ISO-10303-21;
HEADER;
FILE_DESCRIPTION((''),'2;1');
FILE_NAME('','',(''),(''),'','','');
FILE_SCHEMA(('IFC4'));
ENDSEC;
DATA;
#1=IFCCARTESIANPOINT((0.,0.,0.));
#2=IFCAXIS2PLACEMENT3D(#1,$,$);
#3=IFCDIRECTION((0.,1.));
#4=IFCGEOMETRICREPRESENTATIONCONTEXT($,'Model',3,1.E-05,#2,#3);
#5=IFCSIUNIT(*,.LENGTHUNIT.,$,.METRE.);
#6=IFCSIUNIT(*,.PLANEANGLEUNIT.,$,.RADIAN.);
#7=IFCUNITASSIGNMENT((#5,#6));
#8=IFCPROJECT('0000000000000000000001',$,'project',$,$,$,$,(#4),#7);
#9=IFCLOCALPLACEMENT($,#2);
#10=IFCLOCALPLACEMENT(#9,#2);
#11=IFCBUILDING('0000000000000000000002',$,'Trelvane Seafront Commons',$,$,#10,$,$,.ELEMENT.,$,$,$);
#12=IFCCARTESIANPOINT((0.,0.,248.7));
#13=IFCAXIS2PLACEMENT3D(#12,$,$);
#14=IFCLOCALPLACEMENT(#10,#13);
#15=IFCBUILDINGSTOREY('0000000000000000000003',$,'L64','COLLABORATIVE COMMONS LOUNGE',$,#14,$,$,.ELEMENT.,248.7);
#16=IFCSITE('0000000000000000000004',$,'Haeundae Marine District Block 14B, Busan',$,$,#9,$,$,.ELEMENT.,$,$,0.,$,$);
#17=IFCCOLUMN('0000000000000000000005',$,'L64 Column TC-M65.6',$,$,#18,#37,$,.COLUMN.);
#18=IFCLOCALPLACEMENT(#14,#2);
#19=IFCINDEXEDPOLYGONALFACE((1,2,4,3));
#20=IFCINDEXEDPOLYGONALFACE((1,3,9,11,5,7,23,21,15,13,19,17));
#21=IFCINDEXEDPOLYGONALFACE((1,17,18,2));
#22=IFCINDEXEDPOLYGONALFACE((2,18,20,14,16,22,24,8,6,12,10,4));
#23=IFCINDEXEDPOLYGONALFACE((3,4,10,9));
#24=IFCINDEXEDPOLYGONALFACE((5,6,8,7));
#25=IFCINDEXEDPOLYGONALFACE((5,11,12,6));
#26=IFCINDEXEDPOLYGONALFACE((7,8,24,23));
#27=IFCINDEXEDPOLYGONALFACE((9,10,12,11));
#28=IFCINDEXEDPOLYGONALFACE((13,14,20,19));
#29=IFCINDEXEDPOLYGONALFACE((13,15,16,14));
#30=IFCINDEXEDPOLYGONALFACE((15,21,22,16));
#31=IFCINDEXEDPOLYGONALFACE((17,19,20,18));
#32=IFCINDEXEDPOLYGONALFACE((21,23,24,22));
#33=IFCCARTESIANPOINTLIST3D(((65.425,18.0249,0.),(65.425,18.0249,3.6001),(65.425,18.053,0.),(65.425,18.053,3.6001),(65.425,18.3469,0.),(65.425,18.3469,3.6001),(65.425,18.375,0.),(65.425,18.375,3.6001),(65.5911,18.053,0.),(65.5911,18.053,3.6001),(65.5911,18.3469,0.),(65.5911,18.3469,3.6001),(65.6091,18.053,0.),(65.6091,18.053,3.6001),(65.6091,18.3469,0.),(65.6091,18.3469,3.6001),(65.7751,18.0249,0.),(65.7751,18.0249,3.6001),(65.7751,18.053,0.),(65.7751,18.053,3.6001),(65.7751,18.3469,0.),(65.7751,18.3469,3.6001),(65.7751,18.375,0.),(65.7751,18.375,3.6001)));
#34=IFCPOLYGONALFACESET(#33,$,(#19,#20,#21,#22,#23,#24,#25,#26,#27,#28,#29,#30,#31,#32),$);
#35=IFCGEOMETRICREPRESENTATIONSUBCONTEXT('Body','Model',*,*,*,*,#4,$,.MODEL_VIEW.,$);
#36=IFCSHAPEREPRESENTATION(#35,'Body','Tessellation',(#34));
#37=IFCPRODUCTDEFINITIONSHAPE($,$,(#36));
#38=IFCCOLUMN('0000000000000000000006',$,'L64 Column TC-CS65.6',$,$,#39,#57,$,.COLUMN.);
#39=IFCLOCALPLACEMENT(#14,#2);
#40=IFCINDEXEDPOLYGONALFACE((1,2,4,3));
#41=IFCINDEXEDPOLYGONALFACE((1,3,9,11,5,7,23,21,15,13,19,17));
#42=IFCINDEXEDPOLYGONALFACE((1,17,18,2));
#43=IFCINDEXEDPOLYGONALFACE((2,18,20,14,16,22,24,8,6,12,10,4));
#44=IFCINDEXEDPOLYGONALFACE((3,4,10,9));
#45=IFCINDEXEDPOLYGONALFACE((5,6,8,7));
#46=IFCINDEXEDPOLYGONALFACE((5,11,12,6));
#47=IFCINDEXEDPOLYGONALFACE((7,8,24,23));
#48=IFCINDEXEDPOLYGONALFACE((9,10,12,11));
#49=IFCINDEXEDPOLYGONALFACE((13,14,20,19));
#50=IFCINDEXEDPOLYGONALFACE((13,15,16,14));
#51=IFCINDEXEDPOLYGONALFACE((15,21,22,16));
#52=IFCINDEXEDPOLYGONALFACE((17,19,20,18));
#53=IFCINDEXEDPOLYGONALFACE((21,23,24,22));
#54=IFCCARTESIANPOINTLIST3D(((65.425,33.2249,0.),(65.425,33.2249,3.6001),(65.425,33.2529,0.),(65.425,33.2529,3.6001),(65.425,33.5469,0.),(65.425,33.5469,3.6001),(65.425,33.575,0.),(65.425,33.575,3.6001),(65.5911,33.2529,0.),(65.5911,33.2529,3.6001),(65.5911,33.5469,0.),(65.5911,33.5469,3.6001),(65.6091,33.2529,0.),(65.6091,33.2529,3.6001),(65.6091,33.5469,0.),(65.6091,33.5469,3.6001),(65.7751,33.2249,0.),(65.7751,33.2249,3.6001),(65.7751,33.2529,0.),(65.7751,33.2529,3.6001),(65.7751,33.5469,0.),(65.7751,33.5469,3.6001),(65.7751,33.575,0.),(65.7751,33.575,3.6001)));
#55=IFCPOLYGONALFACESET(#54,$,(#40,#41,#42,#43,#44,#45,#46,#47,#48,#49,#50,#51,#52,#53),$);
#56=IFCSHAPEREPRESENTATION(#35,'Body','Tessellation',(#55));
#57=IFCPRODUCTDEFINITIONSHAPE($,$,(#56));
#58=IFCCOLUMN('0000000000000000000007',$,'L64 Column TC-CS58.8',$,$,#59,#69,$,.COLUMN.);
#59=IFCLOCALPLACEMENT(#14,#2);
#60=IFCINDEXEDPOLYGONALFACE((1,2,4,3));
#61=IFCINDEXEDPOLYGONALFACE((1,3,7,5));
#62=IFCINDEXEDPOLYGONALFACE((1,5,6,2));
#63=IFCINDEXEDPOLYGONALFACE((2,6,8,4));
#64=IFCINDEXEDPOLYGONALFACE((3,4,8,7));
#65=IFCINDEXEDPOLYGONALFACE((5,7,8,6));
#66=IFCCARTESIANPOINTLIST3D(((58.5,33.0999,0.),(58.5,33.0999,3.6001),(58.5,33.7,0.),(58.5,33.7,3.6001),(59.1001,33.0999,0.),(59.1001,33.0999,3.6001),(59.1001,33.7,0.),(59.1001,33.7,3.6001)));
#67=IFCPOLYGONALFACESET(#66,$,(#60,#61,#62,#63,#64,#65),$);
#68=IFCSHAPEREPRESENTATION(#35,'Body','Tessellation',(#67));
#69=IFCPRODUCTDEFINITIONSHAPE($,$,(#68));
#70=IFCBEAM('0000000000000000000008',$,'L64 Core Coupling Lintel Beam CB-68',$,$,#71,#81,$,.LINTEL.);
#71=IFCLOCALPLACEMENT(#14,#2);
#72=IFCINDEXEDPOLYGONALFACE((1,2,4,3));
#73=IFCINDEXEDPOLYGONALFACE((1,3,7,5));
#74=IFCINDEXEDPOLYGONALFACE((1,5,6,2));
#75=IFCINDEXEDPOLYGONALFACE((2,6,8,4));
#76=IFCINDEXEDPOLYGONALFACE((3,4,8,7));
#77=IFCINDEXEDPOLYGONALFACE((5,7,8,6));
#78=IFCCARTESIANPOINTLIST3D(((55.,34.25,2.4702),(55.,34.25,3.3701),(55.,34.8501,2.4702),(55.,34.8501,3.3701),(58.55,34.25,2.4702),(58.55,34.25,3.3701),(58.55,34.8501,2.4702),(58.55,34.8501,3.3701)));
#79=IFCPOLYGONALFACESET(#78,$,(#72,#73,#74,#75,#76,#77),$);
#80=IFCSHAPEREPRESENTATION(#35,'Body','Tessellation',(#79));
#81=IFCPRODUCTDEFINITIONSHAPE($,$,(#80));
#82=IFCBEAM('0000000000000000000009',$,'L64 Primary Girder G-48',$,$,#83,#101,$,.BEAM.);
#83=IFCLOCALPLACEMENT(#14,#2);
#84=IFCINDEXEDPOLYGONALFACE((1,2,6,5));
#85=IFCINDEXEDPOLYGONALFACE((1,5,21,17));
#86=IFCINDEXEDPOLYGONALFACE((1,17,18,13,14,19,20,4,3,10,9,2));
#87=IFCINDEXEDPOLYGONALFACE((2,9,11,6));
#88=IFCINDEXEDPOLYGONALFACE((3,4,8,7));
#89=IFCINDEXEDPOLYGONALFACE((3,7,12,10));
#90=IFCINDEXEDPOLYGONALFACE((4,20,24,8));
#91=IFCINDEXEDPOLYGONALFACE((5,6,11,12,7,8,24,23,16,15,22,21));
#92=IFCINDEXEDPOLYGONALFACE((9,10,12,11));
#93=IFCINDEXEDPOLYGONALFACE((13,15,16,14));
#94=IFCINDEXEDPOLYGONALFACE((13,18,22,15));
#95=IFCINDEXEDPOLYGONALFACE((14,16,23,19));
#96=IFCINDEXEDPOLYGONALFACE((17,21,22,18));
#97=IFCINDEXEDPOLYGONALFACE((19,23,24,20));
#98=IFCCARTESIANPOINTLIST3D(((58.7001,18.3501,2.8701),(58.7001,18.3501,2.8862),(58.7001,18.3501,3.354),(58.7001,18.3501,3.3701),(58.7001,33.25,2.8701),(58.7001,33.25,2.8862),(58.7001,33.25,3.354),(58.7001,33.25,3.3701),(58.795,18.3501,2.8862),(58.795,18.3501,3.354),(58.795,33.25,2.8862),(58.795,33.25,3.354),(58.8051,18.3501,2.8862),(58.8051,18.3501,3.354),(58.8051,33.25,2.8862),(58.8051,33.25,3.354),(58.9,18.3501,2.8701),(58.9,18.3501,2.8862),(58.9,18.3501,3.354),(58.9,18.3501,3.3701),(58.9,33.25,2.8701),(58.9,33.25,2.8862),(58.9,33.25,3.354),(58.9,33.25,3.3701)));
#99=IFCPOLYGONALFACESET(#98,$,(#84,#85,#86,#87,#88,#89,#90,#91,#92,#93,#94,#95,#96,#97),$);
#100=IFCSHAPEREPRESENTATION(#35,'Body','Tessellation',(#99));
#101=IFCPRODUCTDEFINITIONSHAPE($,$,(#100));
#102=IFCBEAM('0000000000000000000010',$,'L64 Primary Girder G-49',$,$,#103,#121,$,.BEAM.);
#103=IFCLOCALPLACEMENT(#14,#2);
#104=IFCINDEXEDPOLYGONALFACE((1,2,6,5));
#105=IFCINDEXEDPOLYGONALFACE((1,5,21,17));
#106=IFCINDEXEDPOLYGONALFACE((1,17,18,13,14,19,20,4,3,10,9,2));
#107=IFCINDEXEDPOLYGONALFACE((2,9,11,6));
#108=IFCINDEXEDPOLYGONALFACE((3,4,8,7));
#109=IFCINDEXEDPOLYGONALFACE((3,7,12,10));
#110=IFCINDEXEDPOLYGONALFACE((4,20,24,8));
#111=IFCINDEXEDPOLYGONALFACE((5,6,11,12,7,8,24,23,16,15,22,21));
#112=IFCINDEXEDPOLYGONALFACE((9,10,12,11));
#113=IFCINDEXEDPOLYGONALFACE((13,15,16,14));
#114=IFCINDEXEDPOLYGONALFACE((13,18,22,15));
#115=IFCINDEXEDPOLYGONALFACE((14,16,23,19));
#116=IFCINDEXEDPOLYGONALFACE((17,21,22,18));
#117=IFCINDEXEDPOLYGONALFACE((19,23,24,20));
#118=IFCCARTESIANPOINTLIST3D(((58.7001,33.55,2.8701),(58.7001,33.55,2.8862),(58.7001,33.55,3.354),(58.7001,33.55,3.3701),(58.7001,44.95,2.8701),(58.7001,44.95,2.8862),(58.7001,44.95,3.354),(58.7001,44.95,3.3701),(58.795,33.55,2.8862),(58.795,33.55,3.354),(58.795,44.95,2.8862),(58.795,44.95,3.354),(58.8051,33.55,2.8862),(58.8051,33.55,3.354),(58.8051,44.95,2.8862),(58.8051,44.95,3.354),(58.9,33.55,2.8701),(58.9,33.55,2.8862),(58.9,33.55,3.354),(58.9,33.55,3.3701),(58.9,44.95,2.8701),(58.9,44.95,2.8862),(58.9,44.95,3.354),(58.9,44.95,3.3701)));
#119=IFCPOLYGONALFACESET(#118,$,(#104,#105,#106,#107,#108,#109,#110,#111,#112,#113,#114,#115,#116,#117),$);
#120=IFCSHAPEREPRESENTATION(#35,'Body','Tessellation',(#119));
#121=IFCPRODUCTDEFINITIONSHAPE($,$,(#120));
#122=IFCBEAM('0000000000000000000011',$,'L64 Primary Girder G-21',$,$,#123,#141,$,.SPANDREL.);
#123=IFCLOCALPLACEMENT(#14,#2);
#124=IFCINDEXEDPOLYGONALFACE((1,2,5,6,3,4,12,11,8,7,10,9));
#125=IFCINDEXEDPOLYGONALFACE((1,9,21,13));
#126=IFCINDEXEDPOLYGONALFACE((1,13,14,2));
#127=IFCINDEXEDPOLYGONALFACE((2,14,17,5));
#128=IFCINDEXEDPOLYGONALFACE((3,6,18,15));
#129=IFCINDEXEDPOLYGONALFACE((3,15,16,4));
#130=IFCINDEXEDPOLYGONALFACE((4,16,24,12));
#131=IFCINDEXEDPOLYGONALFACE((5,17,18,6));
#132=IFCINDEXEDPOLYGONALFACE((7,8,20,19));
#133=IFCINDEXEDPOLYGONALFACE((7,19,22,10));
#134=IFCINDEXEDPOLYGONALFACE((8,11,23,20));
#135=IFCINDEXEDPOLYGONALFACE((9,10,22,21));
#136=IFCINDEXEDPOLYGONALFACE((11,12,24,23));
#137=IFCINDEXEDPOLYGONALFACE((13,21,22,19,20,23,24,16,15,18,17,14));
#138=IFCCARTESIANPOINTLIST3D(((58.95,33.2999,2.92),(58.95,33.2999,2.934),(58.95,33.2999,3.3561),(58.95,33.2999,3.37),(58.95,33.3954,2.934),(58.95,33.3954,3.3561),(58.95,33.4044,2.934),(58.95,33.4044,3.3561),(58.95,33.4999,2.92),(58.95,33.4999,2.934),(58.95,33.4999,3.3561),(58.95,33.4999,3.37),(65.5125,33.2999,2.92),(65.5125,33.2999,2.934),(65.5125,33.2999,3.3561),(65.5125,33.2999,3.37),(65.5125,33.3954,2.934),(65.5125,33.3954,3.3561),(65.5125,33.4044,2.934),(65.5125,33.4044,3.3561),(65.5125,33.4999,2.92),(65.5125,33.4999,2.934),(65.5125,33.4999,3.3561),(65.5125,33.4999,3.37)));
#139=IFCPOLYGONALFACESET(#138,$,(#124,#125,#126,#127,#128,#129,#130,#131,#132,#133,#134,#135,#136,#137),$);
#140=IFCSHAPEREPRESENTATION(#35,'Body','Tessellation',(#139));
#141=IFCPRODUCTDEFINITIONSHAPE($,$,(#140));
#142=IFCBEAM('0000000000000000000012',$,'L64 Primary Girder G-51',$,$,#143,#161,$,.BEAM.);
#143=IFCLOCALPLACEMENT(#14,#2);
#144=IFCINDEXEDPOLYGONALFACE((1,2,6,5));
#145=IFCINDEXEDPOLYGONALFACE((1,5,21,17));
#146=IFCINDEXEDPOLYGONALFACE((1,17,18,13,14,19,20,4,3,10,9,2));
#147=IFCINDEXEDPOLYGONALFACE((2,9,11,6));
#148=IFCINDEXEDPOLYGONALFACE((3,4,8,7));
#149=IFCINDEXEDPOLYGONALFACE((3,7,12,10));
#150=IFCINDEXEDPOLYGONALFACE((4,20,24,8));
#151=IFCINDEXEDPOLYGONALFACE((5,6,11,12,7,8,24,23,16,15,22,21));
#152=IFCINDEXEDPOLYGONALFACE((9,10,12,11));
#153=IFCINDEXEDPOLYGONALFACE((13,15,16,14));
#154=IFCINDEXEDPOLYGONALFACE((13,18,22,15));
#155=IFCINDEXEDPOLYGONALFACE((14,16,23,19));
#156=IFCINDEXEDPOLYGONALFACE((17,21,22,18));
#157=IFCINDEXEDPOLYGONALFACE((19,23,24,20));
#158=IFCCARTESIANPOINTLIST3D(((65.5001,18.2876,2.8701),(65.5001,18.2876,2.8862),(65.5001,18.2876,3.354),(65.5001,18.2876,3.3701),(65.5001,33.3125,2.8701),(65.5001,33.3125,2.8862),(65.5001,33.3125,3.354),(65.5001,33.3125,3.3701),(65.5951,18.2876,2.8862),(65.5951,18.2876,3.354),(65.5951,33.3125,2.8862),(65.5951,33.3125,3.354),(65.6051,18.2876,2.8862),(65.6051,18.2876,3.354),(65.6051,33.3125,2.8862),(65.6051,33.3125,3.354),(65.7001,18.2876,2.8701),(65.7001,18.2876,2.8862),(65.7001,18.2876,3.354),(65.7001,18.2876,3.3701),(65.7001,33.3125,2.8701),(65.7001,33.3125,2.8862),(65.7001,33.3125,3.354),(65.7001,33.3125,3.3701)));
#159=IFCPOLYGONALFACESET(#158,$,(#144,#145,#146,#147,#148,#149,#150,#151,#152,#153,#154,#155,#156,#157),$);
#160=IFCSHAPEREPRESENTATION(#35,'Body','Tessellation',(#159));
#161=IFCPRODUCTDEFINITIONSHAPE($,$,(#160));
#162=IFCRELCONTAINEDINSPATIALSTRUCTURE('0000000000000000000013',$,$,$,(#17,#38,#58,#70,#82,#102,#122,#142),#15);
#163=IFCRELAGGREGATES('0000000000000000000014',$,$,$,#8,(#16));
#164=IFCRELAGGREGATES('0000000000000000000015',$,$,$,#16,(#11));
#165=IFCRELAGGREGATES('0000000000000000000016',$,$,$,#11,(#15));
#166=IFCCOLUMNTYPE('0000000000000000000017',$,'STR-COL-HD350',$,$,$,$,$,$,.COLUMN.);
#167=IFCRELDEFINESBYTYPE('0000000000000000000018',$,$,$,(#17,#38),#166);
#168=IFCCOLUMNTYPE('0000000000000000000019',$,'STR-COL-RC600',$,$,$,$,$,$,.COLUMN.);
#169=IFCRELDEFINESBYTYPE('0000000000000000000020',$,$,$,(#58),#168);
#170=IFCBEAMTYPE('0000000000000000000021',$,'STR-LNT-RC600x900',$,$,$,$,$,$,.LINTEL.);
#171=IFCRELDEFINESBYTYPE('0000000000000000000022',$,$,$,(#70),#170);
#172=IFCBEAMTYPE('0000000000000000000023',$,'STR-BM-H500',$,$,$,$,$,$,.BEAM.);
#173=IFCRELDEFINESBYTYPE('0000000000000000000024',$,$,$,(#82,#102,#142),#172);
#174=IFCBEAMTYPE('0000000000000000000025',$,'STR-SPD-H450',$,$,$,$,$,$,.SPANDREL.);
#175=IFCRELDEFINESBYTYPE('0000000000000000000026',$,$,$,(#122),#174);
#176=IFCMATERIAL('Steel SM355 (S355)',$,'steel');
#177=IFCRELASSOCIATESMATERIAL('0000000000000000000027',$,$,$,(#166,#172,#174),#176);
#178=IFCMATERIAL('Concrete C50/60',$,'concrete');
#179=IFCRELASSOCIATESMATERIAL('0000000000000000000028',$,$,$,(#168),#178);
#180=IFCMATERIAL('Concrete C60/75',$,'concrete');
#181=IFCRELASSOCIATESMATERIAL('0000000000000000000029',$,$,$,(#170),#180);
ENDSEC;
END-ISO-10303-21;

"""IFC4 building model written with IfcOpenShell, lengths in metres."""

from ifc_helpers import new_model, si_unit, direction, frame, origin, origin_2d, place, context, subcontext, project, spatial, rectangle, i_section, extrude, source, transform, mapped, material, material_profile, profile_set, type_object, element, save


model = new_model("IFC4")

# Units and contexts
model_context = context("Model", 3, precision=1e-05, world=origin(), true_north=direction((0.0, 1.0)))
body_context = subcontext(model_context, "Body", "Model", "MODEL_VIEW")
ifc_project = project(units=[si_unit("LENGTHUNIT", "METRE"), si_unit("PLANEANGLEUNIT", "RADIAN")], contexts=[model_context])

# Site, building, storey
site_placement = place(None, origin())
site = spatial("IfcSite", under=ifc_project, at=site_placement, Name="Haeundae Marine District Block 14B, Busan", CompositionType="ELEMENT", RefElevation=0.0)
building_placement = place(site_placement, origin())
building = spatial("IfcBuilding", under=site, at=building_placement, Name="Trelvane Seafront Commons", CompositionType="ELEMENT")
storey_placement = place(building_placement, frame((0.0, 0.0, 248.7)))
storey = spatial("IfcBuildingStorey", under=building, at=storey_placement, Name="L64", Description="COLLABORATIVE COMMONS LOUNGE", CompositionType="ELEMENT", Elevation=248.7)

# Columns
ifc_material_1 = material(Name="Steel SM355 (S355)", Category="steel")
ifc_material_profile_1 = material_profile(ifc_material_1, i_section(OverallWidth=0.3501, OverallDepth=0.3501, WebThickness=0.0181, FlangeThickness=0.0281, at=origin_2d()), Name="HD-350x350x18x28")
ifc_profile_set_1 = profile_set([ifc_material_profile_1], Name="Steel SM355 (S355)")
column_type_1 = type_object("IfcColumnType", Name="STR-COL-HD350", PredefinedType="COLUMN", material=ifc_profile_set_1)
shared_shape_1 = source(origin(), body_context, "Body", "SweptSolid", [
    extrude(i_section(OverallWidth=0.3501, OverallDepth=0.3501, WebThickness=0.0181, FlangeThickness=0.0281, at=origin_2d()), origin(), (0.0, 0.0, 1.0), 3.6001),
])
for number, where, z_axis, x_axis, name in (
    (1, (65.6001, 18.2, 0.0), (0.0, 0.0, 1.0), (1.0, 0.0, 0.0), "L64 Column TC-M65.6"),
    (2, (65.6001, 33.3999, 0.0), (0.0, 0.0, 1.0), (1.0, 0.0, 0.0), "L64 Column TC-CS65.6"),
):
    element("IfcColumn", number, at=place(storey_placement, frame(where, z_axis=z_axis, x_axis=x_axis)), inside=storey, type_object=column_type_1, Name=name, PredefinedType="COLUMN", context=body_context, shape_type="MappedRepresentation", body=[
        mapped(shared_shape_1, transform((0.0, 0.0, 0.0), x_axis=(1.0, 0.0, 0.0), y_axis=(0.0, 1.0, 0.0), z_axis=(0.0, 0.0, 1.0), scale=1.0)),
    ])
ifc_material_2 = material(Name="Concrete C50/60", Category="concrete")
ifc_material_profile_2 = material_profile(ifc_material_2, rectangle(XDim=0.6001, YDim=0.6001, at=origin_2d()), Name="RC-600x600")
ifc_profile_set_2 = profile_set([ifc_material_profile_2], Name="Concrete C50/60")
column_type_2 = type_object("IfcColumnType", Name="STR-COL-RC600", PredefinedType="COLUMN", material=ifc_profile_set_2)
shared_shape_2 = source(origin(), body_context, "Body", "SweptSolid", [
    extrude(rectangle(XDim=0.6001, YDim=0.6001, at=origin_2d()), origin(), (0.0, 0.0, 1.0), 3.6001),
])
column_placement = place(storey_placement, frame((58.8, 33.3999, 0.0), z_axis=(0.0, 0.0, 1.0), x_axis=(1.0, 0.0, 0.0)))
element("IfcColumn", 3, at=column_placement, inside=storey, type_object=column_type_2, Name="L64 Column TC-CS58.8", PredefinedType="COLUMN", context=body_context, shape_type="MappedRepresentation", body=[
    mapped(shared_shape_2, transform((0.0, 0.0, 0.0), x_axis=(1.0, 0.0, 0.0), y_axis=(0.0, 1.0, 0.0), z_axis=(0.0, 0.0, 1.0), scale=1.0)),
])

# Beams
ifc_material_3 = material(Name="Concrete C60/75", Category="concrete")
ifc_material_profile_3 = material_profile(ifc_material_3, rectangle(XDim=0.6001, YDim=0.8999, at=origin_2d()), Name="RC-600x900")
ifc_profile_set_3 = profile_set([ifc_material_profile_3], Name="Concrete C60/75")
beam_type_1 = type_object("IfcBeamType", Name="STR-LNT-RC600x900", PredefinedType="LINTEL", material=ifc_profile_set_3)
shared_shape_3 = source(origin(), body_context, "Body", "SweptSolid", [
    extrude(rectangle(XDim=0.6001, YDim=0.8999, at=origin_2d()), origin(), (0.0, 0.0, 1.0), 3.55),
])
beam_1_placement = place(storey_placement, frame((55.0, 34.55, 2.9202), z_axis=(1.0, 0.0, 0.0), x_axis=(0.0, 1.0, 0.0)))
element("IfcBeam", 4, at=beam_1_placement, inside=storey, type_object=beam_type_1, Name="L64 Core Coupling Lintel Beam CB-68", PredefinedType="LINTEL", context=body_context, shape_type="MappedRepresentation", body=[
    mapped(shared_shape_3, transform((0.0, 0.0, 0.0), x_axis=(1.0, 0.0, 0.0), y_axis=(0.0, 1.0, 0.0), z_axis=(0.0, 0.0, 1.0), scale=1.0)),
])
ifc_material_profile_4 = material_profile(ifc_material_1, i_section(OverallWidth=0.2, OverallDepth=0.5, WebThickness=0.01, FlangeThickness=0.0161, at=origin_2d()), Name="H-500x200x10x16")
ifc_profile_set_4 = profile_set([ifc_material_profile_4], Name="Steel SM355 (S355)")
beam_type_2 = type_object("IfcBeamType", Name="STR-BM-H500", PredefinedType="BEAM", material=ifc_profile_set_4)
shared_shape_4 = source(origin(), body_context, "Body", "SweptSolid", [
    extrude(i_section(OverallWidth=0.2, OverallDepth=0.5, WebThickness=0.01, FlangeThickness=0.0161, at=origin_2d()), origin(), (0.0, 0.0, 1.0), 14.8999),
])
beam_2_placement = place(storey_placement, frame((58.8, 18.3501, 3.1201), z_axis=(0.0, 1.0, 0.0), x_axis=(-1.0, 0.0, 0.0)))
element("IfcBeam", 5, at=beam_2_placement, inside=storey, type_object=beam_type_2, Name="L64 Primary Girder G-48", PredefinedType="BEAM", context=body_context, shape_type="MappedRepresentation", body=[
    mapped(shared_shape_4, transform((0.0, 0.0, 0.0), x_axis=(1.0, 0.0, 0.0), y_axis=(0.0, 1.0, 0.0), z_axis=(0.0, 0.0, 1.0), scale=1.0)),
])
shared_shape_5 = source(origin(), body_context, "Body", "SweptSolid", [
    extrude(i_section(OverallWidth=0.2, OverallDepth=0.5, WebThickness=0.01, FlangeThickness=0.0161, at=origin_2d()), origin(), (0.0, 0.0, 1.0), 11.3999),
])
beam_3_placement = place(storey_placement, frame((58.8, 33.55, 3.1201), z_axis=(0.0, 1.0, 0.0), x_axis=(-1.0, 0.0, 0.0)))
element("IfcBeam", 6, at=beam_3_placement, inside=storey, type_object=beam_type_2, Name="L64 Primary Girder G-49", PredefinedType="BEAM", context=body_context, shape_type="MappedRepresentation", body=[
    mapped(shared_shape_5, transform((0.0, 0.0, 0.0), x_axis=(1.0, 0.0, 0.0), y_axis=(0.0, 1.0, 0.0), z_axis=(0.0, 0.0, 1.0), scale=1.0)),
])
ifc_material_profile_5 = material_profile(ifc_material_1, i_section(OverallWidth=0.2, OverallDepth=0.45, WebThickness=0.009, FlangeThickness=0.0139, at=origin_2d()), Name="H-450x200x9x14")
ifc_profile_set_5 = profile_set([ifc_material_profile_5], Name="Steel SM355 (S355)")
beam_type_3 = type_object("IfcBeamType", Name="STR-SPD-H450", PredefinedType="SPANDREL", material=ifc_profile_set_5)
shared_shape_6 = source(origin(), body_context, "Body", "SweptSolid", [
    extrude(i_section(OverallWidth=0.2, OverallDepth=0.45, WebThickness=0.009, FlangeThickness=0.0139, at=origin_2d()), origin(), (0.0, 0.0, 1.0), 6.5625),
])
beam_4_placement = place(storey_placement, frame((58.95, 33.3999, 3.145), z_axis=(1.0, 0.0, 0.0), x_axis=(0.0, 1.0, 0.0)))
element("IfcBeam", 7, at=beam_4_placement, inside=storey, type_object=beam_type_3, Name="L64 Primary Girder G-21", PredefinedType="SPANDREL", context=body_context, shape_type="MappedRepresentation", body=[
    mapped(shared_shape_6, transform((0.0, 0.0, 0.0), x_axis=(1.0, 0.0, 0.0), y_axis=(0.0, 1.0, 0.0), z_axis=(0.0, 0.0, 1.0), scale=1.0)),
])
shared_shape_7 = source(origin(), body_context, "Body", "SweptSolid", [
    extrude(i_section(OverallWidth=0.2, OverallDepth=0.5, WebThickness=0.01, FlangeThickness=0.0161, at=origin_2d()), origin(), (0.0, 0.0, 1.0), 15.0249),
])
beam_5_placement = place(storey_placement, frame((65.6001, 18.2876, 3.1201), z_axis=(0.0, 1.0, 0.0), x_axis=(-1.0, 0.0, 0.0)))
element("IfcBeam", 8, at=beam_5_placement, inside=storey, type_object=beam_type_2, Name="L64 Primary Girder G-51", PredefinedType="BEAM", context=body_context, shape_type="MappedRepresentation", body=[
    mapped(shared_shape_7, transform((0.0, 0.0, 0.0), x_axis=(1.0, 0.0, 0.0), y_axis=(0.0, 1.0, 0.0), z_axis=(0.0, 0.0, 1.0), scale=1.0)),
])

save(model, "model.ifc")
